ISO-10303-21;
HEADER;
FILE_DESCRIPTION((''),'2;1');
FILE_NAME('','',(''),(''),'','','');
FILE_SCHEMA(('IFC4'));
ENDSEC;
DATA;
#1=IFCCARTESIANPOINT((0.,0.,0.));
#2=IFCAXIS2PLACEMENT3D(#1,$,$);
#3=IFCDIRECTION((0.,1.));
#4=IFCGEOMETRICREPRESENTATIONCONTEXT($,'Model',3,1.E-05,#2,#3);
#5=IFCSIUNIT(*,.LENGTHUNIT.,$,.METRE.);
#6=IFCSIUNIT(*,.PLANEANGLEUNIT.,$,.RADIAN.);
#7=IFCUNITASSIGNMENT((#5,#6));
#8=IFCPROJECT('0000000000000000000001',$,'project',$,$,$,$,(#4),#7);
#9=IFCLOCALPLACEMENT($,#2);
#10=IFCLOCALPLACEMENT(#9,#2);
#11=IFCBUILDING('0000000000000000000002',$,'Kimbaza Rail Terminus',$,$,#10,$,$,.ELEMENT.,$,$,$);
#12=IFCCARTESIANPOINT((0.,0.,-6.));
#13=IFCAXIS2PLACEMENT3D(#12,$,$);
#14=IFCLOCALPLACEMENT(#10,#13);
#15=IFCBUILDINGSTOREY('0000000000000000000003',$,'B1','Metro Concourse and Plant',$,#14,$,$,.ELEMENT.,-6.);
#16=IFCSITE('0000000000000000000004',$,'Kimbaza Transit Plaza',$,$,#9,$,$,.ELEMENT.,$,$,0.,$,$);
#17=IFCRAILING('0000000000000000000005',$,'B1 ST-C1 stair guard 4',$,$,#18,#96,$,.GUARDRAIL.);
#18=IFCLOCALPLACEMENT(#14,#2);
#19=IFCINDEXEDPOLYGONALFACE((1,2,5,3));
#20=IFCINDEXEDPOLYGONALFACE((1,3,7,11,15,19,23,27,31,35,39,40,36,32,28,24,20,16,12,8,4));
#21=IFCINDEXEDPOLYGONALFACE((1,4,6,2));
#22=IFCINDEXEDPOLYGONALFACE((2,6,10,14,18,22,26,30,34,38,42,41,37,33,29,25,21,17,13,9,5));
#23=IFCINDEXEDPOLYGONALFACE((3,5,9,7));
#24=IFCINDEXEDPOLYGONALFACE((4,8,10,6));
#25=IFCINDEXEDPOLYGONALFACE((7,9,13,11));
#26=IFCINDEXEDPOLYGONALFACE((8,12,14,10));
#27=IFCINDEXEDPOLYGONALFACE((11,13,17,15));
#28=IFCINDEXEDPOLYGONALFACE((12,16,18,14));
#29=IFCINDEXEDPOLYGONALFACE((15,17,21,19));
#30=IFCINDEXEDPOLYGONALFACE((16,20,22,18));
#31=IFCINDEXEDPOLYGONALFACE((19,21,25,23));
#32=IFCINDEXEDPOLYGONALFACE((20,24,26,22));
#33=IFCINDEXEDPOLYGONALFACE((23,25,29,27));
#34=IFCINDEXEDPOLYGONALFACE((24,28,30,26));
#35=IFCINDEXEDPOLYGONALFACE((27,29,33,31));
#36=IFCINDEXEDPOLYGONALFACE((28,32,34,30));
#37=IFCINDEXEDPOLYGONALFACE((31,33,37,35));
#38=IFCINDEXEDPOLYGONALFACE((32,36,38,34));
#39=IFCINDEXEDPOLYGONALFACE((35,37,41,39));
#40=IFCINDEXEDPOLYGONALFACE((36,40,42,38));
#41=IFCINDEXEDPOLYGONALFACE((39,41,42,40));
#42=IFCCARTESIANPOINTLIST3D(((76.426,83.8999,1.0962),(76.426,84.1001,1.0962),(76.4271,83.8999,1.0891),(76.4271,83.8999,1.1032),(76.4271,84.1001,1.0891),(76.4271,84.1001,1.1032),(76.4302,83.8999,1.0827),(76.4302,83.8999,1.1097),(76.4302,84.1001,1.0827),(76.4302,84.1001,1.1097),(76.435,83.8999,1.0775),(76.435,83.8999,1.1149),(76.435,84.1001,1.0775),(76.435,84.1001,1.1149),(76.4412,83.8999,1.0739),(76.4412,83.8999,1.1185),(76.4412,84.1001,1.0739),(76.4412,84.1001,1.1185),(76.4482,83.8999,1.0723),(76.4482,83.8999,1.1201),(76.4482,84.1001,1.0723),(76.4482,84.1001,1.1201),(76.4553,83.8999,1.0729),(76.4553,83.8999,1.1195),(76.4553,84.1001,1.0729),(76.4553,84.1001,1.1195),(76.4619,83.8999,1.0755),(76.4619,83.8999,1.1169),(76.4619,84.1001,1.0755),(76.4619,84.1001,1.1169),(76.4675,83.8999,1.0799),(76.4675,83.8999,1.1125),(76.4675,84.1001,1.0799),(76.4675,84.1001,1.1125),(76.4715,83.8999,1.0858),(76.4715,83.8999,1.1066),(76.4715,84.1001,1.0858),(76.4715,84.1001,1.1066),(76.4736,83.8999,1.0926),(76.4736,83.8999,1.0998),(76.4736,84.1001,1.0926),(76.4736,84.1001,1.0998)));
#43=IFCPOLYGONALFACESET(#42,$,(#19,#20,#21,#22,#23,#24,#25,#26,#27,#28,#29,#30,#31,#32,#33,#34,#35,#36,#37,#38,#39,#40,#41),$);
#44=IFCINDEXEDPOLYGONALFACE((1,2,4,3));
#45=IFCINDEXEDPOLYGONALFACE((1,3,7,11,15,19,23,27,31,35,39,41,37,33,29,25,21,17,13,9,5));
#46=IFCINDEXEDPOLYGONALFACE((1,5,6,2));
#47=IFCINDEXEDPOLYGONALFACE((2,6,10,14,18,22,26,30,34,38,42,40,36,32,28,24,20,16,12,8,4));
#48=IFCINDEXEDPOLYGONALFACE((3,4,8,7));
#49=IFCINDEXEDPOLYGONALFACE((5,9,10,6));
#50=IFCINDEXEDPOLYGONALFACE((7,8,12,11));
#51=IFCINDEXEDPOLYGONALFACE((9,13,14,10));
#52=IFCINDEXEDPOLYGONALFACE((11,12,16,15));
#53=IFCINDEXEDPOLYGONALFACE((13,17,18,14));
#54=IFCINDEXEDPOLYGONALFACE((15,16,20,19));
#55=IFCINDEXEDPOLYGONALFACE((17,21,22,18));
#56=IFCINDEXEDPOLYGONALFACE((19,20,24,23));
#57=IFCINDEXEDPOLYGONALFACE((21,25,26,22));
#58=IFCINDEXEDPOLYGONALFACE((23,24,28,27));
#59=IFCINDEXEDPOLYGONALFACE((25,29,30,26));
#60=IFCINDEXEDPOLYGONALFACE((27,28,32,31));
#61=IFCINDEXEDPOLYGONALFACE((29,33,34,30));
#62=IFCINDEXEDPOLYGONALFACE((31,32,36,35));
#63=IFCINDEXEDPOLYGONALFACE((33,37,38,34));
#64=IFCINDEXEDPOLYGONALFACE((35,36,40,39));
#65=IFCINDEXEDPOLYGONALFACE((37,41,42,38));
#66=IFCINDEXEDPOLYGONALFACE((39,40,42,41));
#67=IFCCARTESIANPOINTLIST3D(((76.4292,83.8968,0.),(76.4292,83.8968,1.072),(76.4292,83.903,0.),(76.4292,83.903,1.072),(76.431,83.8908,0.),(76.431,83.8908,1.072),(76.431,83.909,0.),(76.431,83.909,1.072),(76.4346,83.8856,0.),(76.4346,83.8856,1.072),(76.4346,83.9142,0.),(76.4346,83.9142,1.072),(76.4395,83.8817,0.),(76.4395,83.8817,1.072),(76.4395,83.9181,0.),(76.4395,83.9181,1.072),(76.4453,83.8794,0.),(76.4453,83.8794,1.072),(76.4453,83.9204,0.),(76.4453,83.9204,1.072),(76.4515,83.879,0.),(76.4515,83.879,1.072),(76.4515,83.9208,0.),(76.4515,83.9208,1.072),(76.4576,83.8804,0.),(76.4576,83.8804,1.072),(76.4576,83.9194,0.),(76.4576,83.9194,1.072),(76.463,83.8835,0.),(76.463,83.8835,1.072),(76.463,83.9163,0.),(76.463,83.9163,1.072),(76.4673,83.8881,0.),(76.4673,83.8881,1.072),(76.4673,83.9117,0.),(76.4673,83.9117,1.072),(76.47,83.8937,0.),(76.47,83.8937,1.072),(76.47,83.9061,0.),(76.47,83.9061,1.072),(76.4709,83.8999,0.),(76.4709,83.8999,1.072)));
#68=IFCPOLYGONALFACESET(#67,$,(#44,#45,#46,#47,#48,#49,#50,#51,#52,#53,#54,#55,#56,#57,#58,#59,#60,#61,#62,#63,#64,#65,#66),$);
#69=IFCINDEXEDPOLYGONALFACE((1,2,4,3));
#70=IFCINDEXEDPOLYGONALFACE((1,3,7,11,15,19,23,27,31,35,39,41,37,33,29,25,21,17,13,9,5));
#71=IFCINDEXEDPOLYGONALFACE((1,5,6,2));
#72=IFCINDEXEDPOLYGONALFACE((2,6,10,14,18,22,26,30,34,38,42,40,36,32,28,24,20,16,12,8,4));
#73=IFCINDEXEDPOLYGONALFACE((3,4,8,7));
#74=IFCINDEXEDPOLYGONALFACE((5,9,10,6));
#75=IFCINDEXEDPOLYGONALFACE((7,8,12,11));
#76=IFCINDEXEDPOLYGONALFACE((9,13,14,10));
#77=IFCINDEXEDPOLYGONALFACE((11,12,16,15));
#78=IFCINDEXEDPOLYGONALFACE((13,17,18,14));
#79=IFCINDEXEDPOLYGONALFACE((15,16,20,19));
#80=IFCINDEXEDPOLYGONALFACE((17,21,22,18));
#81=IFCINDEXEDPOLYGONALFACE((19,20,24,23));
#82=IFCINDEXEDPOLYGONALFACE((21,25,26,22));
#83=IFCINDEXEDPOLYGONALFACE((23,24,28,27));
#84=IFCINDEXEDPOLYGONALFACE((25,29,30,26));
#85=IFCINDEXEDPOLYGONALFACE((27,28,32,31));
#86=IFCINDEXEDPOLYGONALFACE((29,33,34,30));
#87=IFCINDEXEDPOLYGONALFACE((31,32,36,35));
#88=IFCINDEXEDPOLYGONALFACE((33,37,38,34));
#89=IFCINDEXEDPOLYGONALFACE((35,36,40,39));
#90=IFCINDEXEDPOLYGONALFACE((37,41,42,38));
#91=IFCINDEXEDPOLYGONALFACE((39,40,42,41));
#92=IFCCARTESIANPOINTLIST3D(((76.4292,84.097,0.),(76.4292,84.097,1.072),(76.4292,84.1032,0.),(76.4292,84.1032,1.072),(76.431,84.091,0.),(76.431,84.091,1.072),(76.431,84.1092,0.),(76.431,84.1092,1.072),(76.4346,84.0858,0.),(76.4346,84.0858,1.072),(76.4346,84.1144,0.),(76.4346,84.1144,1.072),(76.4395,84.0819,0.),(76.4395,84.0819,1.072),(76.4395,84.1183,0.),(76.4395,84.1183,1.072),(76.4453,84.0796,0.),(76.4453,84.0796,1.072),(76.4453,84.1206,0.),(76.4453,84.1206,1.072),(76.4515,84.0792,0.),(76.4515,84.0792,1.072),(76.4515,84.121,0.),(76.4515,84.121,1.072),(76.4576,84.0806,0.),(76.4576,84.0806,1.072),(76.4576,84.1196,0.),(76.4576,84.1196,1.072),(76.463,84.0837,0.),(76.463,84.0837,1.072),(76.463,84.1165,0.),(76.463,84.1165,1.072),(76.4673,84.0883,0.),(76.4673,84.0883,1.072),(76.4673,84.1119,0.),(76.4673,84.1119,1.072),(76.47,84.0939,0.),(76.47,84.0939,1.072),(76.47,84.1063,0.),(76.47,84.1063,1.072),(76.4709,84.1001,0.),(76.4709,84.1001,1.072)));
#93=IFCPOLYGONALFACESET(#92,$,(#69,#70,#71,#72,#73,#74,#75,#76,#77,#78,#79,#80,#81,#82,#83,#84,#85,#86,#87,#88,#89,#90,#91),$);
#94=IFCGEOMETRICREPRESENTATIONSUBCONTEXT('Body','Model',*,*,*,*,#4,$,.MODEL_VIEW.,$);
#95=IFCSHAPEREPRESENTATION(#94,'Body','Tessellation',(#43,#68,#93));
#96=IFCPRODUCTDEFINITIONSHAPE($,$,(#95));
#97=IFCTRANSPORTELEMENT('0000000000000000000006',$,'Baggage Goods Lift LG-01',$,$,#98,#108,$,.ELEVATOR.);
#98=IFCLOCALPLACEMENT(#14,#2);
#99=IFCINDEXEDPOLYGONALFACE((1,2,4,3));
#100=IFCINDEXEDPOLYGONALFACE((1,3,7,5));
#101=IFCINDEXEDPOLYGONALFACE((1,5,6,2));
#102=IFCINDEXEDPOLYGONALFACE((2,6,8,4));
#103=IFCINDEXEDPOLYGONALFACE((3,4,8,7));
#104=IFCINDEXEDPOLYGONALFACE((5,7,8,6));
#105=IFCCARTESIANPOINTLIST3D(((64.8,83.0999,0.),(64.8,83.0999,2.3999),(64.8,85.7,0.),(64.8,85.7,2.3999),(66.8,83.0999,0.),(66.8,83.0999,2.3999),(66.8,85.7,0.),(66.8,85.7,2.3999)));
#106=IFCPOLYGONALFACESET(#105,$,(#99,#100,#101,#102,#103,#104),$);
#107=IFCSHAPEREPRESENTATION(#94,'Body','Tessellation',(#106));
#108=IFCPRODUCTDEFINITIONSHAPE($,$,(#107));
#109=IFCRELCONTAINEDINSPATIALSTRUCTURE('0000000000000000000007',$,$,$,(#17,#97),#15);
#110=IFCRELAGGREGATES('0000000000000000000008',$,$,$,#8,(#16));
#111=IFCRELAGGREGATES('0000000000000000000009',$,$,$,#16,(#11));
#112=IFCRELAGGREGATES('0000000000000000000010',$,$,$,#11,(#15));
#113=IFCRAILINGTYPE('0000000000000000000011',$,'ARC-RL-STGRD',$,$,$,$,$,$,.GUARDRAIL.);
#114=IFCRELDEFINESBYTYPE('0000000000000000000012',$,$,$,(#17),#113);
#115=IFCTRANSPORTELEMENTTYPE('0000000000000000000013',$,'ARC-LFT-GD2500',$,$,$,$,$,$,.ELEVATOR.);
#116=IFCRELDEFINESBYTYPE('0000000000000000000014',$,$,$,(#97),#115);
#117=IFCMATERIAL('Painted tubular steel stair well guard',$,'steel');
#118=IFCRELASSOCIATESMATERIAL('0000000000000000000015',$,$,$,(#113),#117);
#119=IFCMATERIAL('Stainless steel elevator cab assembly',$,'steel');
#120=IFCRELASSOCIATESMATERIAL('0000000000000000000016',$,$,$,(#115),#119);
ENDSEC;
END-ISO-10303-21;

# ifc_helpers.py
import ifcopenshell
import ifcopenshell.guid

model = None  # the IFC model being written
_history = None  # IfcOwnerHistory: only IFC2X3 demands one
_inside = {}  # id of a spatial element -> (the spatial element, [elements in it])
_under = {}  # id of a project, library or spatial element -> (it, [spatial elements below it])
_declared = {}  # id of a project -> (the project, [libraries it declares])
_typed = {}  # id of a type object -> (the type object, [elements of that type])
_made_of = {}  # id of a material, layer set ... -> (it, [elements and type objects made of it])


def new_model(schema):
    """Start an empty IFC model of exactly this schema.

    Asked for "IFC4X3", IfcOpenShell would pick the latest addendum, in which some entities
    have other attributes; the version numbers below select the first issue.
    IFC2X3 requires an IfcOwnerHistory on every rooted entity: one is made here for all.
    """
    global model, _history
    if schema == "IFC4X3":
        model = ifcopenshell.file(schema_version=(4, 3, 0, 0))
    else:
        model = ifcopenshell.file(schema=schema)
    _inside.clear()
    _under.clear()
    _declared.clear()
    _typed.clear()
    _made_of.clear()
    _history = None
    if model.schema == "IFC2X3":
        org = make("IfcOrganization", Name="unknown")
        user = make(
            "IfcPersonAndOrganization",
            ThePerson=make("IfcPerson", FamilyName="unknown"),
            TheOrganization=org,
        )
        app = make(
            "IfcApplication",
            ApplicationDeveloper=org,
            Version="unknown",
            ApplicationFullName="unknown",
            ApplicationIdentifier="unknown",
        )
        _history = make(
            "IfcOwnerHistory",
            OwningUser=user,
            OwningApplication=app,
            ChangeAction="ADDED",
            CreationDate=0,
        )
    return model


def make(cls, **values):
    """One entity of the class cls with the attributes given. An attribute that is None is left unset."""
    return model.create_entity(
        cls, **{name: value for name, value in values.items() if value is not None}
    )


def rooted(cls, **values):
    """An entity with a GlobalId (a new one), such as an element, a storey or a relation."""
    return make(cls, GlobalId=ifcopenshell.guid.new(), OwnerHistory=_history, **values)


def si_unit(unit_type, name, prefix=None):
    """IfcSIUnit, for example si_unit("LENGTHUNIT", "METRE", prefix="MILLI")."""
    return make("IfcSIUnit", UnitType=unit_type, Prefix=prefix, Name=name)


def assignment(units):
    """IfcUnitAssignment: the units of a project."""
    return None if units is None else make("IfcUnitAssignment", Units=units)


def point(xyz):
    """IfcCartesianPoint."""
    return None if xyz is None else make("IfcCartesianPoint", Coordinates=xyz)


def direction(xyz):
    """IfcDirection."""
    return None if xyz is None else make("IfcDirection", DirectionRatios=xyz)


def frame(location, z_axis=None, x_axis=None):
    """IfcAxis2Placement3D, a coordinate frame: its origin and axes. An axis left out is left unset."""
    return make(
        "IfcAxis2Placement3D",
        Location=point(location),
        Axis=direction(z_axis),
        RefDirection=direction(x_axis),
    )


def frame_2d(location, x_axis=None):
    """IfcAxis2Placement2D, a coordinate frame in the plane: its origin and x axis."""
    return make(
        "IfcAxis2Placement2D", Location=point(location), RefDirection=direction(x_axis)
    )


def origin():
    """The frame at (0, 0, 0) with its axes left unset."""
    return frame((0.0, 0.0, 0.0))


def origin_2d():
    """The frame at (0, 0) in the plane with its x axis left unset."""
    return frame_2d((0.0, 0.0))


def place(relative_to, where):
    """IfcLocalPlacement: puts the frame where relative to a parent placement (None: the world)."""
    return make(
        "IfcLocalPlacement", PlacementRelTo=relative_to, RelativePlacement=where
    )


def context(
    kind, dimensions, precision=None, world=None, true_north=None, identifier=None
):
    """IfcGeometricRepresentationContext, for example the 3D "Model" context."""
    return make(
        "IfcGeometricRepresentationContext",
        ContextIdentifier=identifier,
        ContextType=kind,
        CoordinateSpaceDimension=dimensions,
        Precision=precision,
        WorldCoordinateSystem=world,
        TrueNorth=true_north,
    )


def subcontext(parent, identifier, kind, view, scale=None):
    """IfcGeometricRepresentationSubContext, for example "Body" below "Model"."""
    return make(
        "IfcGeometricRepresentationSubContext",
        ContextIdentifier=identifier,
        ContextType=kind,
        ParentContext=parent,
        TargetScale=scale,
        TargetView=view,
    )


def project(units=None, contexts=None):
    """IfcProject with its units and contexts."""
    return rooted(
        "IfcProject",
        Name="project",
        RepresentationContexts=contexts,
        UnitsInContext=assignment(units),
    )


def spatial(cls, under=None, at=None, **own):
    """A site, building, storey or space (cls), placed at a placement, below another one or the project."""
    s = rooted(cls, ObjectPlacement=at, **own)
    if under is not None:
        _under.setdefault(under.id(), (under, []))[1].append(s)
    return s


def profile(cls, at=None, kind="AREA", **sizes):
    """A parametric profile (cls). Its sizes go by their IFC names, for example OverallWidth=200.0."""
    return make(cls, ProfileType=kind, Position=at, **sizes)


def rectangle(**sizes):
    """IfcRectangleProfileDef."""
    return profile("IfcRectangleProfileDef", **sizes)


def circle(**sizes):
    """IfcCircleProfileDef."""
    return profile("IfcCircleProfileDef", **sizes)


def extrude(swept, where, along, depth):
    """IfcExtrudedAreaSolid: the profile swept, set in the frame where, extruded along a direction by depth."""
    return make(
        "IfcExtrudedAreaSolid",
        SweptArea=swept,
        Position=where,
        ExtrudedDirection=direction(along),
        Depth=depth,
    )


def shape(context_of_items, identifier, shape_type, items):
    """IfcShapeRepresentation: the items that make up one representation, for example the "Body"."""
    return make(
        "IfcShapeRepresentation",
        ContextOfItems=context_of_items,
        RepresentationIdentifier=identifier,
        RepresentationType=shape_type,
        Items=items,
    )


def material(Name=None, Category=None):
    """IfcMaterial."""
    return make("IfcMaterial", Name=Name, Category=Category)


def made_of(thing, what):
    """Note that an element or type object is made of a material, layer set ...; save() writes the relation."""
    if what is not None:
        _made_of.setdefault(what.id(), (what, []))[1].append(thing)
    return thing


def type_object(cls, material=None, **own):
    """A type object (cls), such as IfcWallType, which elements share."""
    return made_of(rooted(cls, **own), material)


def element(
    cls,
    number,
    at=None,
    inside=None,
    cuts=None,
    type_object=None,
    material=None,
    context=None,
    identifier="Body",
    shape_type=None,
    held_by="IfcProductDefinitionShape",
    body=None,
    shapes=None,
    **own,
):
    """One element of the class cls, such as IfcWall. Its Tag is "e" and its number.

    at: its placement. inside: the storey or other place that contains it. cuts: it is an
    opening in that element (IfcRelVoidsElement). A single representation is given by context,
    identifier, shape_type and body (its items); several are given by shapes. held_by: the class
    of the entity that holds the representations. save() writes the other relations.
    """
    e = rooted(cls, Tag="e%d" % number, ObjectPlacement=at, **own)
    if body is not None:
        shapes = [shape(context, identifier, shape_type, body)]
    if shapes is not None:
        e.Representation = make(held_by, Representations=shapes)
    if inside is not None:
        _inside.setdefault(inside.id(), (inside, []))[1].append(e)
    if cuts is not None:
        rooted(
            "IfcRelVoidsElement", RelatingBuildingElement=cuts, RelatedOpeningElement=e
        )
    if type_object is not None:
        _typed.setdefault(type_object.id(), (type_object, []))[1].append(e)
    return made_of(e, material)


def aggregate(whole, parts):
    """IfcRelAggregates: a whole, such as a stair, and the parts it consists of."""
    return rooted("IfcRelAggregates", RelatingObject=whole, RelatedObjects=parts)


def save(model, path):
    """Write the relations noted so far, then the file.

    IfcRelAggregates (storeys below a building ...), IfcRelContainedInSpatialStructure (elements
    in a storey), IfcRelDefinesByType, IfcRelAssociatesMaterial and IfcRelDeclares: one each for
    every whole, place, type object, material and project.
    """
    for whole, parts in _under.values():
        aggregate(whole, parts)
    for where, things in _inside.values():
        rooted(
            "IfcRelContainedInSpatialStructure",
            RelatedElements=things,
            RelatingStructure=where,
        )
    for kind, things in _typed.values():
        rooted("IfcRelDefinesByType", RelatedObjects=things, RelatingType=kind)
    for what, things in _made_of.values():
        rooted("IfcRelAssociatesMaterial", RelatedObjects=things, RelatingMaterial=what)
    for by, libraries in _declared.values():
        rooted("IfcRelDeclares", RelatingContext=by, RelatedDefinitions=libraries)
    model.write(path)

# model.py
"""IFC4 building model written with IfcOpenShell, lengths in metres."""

from ifc_helpers import new_model, si_unit, direction, frame, origin, origin_2d, place, context, subcontext, project, spatial, rectangle, circle, extrude, material, type_object, element, save


model = new_model("IFC4")

# Units and contexts
model_context = context("Model", 3, precision=1e-05, world=origin(), true_north=direction((0.0, 1.0)))
body_context = subcontext(model_context, "Body", "Model", "MODEL_VIEW")
ifc_project = project(units=[si_unit("LENGTHUNIT", "METRE"), si_unit("PLANEANGLEUNIT", "RADIAN")], contexts=[model_context])

# Site, building, storey
site_placement = place(None, origin())
site = spatial("IfcSite", under=ifc_project, at=site_placement, Name="Kimbaza Transit Plaza", CompositionType="ELEMENT", RefElevation=0.0)
building_placement = place(site_placement, origin())
building = spatial("IfcBuilding", under=site, at=building_placement, Name="Kimbaza Rail Terminus", CompositionType="ELEMENT")
storey_placement = place(building_placement, frame((0.0, 0.0, -6.0)))
storey = spatial("IfcBuildingStorey", under=building, at=storey_placement, Name="B1", Description="Metro Concourse and Plant", CompositionType="ELEMENT", Elevation=-6.0)

# Railing
ifc_material_1 = material(Name="Painted tubular steel stair well guard", Category="steel")
railing_type = type_object("IfcRailingType", Name="ARC-RL-STGRD", PredefinedType="GUARDRAIL", material=ifc_material_1)
railing_1_placement = place(storey_placement, frame((76.45, 83.8999, 0.0)))
element("IfcRailing", 1, at=railing_1_placement, inside=storey, type_object=railing_type, Name="B1 ST-C1 stair guard 4", PredefinedType="GUARDRAIL", context=body_context, shape_type="SweptSolid", body=[
    extrude(circle(Radius=0.0239, at=origin_2d()), frame((0.0, 0.0, 1.0962), z_axis=(0.0, 1.0, 0.0), x_axis=(-1.0, 0.0, 0.0)), (0.0, 0.0, 1.0), 0.2002),
    extrude(circle(Radius=0.021, at=origin_2d()), origin(), (0.0, 0.0, 1.0), 1.072),
    extrude(circle(Radius=0.021, at=origin_2d()), frame((0.0, 0.2002, 0.0)), (0.0, 0.0, 1.0), 1.072),
])

# Transport element
ifc_material_2 = material(Name="Stainless steel elevator cab assembly", Category="steel")
transport_element_type = type_object("IfcTransportElementType", Name="ARC-LFT-GD2500", PredefinedType="ELEVATOR", material=ifc_material_2)
transport_element_placement = place(storey_placement, frame((65.8, 84.3999, 0.0), z_axis=(0.0, 0.0, 1.0), x_axis=(1.0, 0.0, 0.0)))
element("IfcTransportElement", 2, at=transport_element_placement, inside=storey, type_object=transport_element_type, Name="Baggage Goods Lift LG-01", PredefinedType="ELEVATOR", context=body_context, shape_type="SweptSolid", body=[
    extrude(rectangle(XDim=2.0, YDim=2.6001, at=origin_2d()), origin(), (0.0, 0.0, 1.0), 2.3999),
])

save(model, "model.ifc")
